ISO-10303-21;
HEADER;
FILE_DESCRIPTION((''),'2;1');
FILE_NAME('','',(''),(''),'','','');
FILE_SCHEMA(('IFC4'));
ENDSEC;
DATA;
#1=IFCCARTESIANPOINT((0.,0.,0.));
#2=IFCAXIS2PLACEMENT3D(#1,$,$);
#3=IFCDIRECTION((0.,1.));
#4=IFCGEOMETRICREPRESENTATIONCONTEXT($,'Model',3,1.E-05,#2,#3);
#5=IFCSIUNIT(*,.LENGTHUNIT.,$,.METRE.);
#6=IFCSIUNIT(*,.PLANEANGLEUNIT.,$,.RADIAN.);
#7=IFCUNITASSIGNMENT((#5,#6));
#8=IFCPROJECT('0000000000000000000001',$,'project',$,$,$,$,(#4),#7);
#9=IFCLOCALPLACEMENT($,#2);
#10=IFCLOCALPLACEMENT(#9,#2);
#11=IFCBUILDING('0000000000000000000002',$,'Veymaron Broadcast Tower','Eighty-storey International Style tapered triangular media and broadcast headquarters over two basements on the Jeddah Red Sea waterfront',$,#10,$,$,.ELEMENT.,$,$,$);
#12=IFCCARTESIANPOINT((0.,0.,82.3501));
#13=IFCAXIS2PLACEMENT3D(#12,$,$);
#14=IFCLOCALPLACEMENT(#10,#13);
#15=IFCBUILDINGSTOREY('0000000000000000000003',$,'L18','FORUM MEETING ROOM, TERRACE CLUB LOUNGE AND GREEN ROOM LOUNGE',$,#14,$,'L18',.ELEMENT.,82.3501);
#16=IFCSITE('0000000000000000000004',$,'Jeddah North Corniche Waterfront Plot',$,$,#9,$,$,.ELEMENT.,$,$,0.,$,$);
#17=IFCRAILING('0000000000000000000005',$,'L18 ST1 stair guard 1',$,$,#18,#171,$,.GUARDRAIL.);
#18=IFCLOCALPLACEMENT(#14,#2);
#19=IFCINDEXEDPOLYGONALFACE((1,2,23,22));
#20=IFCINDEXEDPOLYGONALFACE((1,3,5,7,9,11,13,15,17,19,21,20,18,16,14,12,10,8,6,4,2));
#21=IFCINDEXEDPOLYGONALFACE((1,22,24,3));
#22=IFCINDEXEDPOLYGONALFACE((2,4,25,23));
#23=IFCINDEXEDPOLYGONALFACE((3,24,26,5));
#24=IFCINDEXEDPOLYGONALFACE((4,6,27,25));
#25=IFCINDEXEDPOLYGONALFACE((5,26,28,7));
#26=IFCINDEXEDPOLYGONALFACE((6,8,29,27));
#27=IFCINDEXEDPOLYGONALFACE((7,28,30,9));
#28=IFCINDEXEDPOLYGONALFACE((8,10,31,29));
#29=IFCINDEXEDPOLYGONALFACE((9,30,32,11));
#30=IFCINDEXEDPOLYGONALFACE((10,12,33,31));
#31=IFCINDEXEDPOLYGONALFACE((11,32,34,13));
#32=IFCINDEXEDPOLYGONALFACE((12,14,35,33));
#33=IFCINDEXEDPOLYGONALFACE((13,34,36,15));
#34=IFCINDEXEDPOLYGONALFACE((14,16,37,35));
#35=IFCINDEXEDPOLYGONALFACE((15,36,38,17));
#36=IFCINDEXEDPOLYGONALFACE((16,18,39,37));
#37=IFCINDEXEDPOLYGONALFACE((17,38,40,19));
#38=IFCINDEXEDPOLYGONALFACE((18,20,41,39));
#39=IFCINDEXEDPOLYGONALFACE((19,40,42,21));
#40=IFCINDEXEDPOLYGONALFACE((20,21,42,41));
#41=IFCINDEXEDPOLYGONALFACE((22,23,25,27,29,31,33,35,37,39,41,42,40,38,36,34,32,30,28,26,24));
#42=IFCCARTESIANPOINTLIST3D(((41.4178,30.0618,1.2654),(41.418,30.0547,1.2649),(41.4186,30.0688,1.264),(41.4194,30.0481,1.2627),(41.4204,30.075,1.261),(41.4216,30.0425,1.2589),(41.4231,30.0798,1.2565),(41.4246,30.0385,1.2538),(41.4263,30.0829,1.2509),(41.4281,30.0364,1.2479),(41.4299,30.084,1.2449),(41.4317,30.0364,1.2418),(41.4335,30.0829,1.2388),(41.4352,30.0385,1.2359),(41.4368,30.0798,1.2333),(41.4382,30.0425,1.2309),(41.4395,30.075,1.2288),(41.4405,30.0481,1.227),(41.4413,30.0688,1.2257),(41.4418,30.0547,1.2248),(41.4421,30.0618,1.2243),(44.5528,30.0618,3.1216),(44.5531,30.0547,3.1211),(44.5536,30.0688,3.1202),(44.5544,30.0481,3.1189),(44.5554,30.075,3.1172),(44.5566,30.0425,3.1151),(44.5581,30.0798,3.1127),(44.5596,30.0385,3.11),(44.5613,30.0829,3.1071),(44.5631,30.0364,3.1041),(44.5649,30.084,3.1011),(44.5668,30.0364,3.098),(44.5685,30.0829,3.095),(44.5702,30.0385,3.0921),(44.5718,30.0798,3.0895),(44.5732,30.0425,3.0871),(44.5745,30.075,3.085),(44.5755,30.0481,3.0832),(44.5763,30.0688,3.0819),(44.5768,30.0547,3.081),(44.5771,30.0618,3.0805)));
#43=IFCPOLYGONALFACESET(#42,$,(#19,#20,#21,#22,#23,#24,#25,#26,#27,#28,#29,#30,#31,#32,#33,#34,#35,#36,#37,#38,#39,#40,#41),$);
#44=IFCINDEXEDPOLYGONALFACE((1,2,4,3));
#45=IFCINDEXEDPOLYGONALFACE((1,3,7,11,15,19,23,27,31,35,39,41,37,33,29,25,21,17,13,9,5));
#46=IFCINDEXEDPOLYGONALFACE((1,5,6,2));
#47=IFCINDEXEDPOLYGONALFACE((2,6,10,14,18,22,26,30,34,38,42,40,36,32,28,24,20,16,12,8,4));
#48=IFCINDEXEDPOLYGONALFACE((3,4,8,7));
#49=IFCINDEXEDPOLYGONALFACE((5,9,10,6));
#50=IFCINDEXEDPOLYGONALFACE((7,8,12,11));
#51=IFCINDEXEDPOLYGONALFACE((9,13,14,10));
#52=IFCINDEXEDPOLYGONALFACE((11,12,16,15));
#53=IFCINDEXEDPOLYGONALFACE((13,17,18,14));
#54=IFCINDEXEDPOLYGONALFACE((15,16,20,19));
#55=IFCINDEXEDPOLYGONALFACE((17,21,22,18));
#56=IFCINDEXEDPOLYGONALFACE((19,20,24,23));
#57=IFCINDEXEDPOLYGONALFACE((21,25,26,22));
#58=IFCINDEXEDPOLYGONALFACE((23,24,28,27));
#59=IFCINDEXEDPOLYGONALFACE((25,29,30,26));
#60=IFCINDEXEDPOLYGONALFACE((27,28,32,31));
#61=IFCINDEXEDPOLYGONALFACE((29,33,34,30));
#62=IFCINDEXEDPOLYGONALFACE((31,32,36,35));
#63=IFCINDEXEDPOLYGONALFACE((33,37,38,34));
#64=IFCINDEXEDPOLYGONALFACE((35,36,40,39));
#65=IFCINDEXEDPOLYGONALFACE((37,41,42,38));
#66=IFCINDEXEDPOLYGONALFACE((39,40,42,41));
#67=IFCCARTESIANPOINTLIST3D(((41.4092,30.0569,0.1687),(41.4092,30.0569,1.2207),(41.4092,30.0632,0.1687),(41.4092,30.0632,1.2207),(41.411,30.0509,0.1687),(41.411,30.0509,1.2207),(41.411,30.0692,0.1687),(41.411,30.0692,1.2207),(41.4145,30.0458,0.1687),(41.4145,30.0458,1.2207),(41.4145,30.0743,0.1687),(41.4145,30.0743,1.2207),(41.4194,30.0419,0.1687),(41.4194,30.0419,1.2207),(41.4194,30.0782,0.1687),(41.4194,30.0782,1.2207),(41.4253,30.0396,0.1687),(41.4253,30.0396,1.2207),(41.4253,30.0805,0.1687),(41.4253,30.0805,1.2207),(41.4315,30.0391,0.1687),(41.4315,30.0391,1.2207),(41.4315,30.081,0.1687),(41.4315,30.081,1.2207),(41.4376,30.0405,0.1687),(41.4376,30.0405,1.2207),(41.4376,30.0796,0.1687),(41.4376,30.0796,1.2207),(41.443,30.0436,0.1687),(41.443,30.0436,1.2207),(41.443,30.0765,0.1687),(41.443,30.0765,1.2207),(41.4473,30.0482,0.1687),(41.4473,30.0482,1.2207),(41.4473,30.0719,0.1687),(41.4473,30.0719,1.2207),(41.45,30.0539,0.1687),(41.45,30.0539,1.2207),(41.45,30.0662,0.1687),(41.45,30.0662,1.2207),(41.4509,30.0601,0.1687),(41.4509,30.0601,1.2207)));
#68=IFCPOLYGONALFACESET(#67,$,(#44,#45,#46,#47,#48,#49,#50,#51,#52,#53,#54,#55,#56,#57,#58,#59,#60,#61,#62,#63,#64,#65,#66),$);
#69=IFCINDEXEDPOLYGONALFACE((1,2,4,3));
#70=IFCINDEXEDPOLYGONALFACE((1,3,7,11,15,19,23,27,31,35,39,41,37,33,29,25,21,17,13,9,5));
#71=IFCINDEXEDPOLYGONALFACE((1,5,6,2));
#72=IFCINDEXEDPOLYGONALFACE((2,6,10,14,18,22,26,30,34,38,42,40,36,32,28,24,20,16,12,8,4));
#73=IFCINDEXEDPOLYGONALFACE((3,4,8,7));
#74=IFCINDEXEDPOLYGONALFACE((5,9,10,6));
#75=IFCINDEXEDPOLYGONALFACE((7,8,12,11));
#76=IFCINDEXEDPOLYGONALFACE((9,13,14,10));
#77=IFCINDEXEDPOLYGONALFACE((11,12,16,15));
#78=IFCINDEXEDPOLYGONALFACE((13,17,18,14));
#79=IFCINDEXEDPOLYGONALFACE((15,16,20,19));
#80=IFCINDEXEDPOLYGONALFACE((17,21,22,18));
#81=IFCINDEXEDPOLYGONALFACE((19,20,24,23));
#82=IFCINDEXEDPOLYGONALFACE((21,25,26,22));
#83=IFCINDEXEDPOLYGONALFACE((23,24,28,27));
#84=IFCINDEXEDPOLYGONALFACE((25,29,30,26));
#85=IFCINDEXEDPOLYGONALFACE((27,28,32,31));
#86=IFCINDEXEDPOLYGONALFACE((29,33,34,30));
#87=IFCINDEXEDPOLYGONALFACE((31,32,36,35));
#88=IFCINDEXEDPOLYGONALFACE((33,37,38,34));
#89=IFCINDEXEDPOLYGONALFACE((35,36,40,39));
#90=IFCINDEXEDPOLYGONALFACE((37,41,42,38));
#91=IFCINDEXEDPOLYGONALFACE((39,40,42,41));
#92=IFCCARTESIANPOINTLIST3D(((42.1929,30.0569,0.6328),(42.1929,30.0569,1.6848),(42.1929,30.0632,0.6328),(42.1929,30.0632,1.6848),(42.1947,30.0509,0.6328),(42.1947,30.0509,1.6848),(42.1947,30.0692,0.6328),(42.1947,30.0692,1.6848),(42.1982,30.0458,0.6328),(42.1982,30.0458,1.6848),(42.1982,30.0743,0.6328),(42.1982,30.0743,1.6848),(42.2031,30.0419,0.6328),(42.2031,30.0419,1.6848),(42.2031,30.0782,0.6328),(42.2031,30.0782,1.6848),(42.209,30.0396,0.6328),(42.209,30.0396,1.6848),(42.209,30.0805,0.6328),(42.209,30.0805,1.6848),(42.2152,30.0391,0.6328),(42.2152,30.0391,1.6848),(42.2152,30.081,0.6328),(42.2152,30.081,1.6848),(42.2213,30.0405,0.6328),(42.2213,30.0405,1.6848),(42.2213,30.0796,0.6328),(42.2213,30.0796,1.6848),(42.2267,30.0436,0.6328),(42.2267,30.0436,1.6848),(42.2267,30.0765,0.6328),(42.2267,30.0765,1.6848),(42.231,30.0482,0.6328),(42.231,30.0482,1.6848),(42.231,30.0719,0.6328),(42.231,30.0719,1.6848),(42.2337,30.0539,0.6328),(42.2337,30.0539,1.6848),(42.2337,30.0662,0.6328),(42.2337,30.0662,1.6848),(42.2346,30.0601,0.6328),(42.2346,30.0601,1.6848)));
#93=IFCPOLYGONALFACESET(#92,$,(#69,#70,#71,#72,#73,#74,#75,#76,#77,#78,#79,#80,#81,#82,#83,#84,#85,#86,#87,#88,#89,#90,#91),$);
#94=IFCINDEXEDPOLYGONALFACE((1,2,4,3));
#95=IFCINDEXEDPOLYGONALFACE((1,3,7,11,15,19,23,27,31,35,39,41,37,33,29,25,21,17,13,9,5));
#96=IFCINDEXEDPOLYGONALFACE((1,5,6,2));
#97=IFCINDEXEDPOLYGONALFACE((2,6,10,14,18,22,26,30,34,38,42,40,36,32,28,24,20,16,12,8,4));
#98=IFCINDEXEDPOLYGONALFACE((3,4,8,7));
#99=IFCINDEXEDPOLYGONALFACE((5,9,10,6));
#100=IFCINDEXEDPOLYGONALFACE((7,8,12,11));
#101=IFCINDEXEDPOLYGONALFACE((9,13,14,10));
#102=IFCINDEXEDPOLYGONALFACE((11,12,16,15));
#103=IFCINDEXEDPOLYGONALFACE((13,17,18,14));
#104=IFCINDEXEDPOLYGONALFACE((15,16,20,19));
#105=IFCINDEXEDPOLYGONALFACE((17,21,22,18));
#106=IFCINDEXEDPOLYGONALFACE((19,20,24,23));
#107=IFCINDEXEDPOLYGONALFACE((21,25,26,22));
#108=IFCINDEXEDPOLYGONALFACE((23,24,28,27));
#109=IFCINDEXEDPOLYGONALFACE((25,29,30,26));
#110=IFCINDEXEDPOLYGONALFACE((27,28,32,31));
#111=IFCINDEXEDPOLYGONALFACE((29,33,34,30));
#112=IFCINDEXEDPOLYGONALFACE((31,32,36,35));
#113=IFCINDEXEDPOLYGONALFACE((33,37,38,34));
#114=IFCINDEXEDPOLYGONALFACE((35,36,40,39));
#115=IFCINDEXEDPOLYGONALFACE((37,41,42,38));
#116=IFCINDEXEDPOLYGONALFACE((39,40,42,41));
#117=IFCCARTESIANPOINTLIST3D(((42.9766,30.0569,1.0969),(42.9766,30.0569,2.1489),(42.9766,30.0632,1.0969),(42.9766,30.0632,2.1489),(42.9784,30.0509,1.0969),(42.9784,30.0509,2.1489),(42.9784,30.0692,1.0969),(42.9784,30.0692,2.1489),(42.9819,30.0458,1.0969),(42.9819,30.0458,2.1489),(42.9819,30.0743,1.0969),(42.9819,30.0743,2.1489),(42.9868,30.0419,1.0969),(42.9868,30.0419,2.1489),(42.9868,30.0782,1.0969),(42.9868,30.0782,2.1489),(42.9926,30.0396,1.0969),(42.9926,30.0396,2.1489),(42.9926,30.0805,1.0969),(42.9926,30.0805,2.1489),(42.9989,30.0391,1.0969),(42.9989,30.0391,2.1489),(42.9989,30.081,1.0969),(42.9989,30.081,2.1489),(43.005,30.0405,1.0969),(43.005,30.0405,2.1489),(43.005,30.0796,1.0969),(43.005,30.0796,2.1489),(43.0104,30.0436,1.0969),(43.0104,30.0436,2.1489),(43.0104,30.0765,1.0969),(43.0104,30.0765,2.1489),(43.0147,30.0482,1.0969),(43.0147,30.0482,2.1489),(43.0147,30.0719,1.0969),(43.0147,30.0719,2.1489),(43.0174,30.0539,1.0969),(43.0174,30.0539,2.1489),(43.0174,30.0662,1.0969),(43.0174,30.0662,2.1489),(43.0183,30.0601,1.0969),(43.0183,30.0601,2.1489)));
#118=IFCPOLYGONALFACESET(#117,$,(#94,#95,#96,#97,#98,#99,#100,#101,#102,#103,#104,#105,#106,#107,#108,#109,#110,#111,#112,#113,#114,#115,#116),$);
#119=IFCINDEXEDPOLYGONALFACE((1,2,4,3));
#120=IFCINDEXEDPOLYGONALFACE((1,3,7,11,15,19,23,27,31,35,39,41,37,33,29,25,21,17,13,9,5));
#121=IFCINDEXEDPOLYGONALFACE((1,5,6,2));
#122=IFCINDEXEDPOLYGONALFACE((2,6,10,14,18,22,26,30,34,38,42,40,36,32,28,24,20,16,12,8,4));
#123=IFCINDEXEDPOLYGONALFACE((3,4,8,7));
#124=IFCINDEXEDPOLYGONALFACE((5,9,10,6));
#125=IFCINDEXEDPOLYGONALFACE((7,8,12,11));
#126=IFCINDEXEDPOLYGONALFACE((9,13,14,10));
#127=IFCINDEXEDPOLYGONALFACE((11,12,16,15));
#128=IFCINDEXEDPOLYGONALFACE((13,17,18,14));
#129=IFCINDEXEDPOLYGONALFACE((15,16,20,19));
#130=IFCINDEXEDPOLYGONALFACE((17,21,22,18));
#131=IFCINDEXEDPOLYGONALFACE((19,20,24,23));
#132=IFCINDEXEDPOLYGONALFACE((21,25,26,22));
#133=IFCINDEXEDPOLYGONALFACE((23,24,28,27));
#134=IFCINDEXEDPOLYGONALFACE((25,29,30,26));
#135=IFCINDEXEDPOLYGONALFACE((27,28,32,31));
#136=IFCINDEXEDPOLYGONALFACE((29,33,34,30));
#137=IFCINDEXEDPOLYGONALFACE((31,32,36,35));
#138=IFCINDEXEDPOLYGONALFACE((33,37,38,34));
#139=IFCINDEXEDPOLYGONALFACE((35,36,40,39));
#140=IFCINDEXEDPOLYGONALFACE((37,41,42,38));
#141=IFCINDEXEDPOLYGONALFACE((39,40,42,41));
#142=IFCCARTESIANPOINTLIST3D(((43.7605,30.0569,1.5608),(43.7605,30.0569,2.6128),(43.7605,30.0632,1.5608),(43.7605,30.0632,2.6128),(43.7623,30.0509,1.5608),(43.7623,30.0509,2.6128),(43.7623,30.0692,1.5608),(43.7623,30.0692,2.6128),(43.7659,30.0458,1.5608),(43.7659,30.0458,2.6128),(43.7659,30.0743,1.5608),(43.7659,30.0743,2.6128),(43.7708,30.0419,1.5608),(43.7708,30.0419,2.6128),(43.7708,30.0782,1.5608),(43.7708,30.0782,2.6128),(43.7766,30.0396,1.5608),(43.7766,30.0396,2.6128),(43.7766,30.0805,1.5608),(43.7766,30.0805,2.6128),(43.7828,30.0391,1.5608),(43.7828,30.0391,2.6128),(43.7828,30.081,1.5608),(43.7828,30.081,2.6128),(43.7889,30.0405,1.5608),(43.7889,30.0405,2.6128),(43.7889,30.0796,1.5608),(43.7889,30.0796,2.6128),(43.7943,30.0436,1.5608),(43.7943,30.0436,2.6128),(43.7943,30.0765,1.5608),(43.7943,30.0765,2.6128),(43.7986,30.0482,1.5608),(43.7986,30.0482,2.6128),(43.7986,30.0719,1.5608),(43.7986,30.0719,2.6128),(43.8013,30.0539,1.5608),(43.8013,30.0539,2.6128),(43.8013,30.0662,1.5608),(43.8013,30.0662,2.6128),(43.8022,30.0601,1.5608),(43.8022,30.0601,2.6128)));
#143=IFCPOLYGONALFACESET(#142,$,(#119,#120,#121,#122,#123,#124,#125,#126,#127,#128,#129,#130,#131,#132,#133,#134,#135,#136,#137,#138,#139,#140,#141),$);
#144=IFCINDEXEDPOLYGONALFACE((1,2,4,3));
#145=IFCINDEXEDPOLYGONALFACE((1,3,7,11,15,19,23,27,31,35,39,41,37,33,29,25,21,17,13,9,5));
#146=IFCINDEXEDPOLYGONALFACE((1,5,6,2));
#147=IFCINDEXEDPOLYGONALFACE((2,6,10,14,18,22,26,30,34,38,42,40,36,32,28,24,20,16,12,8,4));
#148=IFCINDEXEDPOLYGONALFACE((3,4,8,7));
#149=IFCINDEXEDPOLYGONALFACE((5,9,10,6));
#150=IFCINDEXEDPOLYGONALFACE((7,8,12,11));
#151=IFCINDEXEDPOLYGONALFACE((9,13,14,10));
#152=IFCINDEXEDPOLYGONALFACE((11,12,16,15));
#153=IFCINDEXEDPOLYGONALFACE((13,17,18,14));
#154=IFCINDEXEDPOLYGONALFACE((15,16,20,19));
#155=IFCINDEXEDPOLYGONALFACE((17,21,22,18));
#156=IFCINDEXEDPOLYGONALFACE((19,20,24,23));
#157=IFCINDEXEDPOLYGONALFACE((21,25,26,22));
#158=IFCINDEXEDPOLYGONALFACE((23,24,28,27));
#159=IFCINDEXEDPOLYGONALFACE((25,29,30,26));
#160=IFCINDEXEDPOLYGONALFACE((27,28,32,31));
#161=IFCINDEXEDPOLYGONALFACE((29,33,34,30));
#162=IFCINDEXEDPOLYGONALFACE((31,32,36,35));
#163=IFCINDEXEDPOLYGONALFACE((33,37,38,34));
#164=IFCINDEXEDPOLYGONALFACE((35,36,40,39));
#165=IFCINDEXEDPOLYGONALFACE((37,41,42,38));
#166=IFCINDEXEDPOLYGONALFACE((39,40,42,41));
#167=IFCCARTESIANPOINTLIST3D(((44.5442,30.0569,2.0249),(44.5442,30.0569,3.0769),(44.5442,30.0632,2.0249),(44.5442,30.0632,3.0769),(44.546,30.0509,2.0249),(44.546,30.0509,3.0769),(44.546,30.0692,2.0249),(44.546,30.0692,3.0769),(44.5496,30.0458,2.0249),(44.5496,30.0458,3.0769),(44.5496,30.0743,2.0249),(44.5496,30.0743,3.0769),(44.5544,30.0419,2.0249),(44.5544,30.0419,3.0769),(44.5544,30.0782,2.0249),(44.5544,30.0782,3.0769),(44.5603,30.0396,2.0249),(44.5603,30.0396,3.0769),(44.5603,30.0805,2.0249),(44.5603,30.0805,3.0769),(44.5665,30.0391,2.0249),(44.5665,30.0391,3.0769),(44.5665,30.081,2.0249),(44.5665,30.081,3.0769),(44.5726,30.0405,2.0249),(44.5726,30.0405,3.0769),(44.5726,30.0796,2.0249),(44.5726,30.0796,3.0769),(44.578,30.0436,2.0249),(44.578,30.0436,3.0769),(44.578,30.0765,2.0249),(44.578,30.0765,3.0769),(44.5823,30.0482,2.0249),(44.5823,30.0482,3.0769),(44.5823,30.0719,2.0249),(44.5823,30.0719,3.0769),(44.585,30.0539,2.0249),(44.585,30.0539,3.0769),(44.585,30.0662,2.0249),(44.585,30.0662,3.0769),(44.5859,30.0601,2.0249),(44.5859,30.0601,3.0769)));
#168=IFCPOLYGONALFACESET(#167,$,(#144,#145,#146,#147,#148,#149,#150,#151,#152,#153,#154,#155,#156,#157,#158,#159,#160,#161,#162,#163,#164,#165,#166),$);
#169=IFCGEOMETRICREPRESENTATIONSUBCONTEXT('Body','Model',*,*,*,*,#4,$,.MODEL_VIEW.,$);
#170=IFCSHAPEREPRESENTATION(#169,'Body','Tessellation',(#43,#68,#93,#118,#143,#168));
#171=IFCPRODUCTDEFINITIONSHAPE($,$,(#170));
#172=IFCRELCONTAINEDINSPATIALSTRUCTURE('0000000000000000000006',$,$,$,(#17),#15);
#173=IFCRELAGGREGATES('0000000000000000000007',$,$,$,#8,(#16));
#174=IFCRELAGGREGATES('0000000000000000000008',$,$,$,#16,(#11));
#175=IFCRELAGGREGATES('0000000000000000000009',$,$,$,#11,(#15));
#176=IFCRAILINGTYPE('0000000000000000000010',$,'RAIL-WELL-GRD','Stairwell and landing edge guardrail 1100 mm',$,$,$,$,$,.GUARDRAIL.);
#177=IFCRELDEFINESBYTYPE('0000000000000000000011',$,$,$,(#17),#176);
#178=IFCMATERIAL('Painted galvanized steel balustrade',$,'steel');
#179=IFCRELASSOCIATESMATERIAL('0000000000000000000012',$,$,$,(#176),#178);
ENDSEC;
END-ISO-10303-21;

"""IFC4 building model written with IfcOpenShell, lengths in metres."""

from ifc_helpers import new_model, si_unit, direction, frame, origin, origin_2d, place, context, subcontext, project, spatial, circle, extrude, material, type_object, element, save


model = new_model("IFC4")

# Units and contexts
model_context = context("Model", 3, precision=1e-05, world=origin(), true_north=direction((0.0, 1.0)))
body_context = subcontext(model_context, "Body", "Model", "MODEL_VIEW")
ifc_project = project(units=[si_unit("LENGTHUNIT", "METRE"), si_unit("PLANEANGLEUNIT", "RADIAN")], contexts=[model_context])

# Site, building, storey
site_placement = place(None, origin())
site = spatial("IfcSite", under=ifc_project, at=site_placement, Name="Jeddah North Corniche Waterfront Plot", CompositionType="ELEMENT", RefElevation=0.0)
building_placement = place(site_placement, origin())
building = spatial("IfcBuilding", under=site, at=building_placement, Name="Veymaron Broadcast Tower", Description="Eighty-storey International Style tapered triangular media and broadcast headquarters over two basements on the Jeddah Red Sea waterfront", CompositionType="ELEMENT")
storey_placement = place(building_placement, frame((0.0, 0.0, 82.3501)))
storey = spatial("IfcBuildingStorey", under=building, at=storey_placement, Name="L18", Description="FORUM MEETING ROOM, TERRACE CLUB LOUNGE AND GREEN ROOM LOUNGE", LongName="L18", CompositionType="ELEMENT", Elevation=82.3501)

# Railing
ifc_material_1 = material(Name="Painted galvanized steel balustrade", Category="steel")
railing_type_1 = type_object("IfcRailingType", Name="RAIL-WELL-GRD", Description="Stairwell and landing edge guardrail 1100 mm", PredefinedType="GUARDRAIL", material=ifc_material_1)
railing_1_placement = place(storey_placement, frame((41.4299, 30.0601, 0.1687)))
element("IfcRailing", 1, at=railing_1_placement, inside=storey, type_object=railing_type_1, Name="L18 ST1 stair guard 1", PredefinedType="GUARDRAIL", context=body_context, shape_type="SweptSolid", body=[
    extrude(circle(Radius=0.0239, at=origin_2d()), frame((0.0, 0.0, 1.0762), z_axis=(0.860482, 0.0, 0.509481), x_axis=(0.0, 1.0, 0.0)), (0.0, 0.0, 1.0), 3.6433),
    extrude(circle(Radius=0.021, at=origin_2d()), origin(), (0.0, 0.0, 1.0), 1.052),
    extrude(circle(Radius=0.021, at=origin_2d()), frame((0.7837, 0.0, 0.4641)), (0.0, 0.0, 1.0), 1.052),
    extrude(circle(Radius=0.021, at=origin_2d()), frame((1.5674, 0.0, 0.9282)), (0.0, 0.0, 1.0), 1.052),
    extrude(circle(Radius=0.021, at=origin_2d()), frame((2.3513, 0.0, 1.3921)), (0.0, 0.0, 1.0), 1.052),
    extrude(circle(Radius=0.021, at=origin_2d()), frame((3.135, 0.0, 1.8562)), (0.0, 0.0, 1.0), 1.052),
])

save(model, "model.ifc")
